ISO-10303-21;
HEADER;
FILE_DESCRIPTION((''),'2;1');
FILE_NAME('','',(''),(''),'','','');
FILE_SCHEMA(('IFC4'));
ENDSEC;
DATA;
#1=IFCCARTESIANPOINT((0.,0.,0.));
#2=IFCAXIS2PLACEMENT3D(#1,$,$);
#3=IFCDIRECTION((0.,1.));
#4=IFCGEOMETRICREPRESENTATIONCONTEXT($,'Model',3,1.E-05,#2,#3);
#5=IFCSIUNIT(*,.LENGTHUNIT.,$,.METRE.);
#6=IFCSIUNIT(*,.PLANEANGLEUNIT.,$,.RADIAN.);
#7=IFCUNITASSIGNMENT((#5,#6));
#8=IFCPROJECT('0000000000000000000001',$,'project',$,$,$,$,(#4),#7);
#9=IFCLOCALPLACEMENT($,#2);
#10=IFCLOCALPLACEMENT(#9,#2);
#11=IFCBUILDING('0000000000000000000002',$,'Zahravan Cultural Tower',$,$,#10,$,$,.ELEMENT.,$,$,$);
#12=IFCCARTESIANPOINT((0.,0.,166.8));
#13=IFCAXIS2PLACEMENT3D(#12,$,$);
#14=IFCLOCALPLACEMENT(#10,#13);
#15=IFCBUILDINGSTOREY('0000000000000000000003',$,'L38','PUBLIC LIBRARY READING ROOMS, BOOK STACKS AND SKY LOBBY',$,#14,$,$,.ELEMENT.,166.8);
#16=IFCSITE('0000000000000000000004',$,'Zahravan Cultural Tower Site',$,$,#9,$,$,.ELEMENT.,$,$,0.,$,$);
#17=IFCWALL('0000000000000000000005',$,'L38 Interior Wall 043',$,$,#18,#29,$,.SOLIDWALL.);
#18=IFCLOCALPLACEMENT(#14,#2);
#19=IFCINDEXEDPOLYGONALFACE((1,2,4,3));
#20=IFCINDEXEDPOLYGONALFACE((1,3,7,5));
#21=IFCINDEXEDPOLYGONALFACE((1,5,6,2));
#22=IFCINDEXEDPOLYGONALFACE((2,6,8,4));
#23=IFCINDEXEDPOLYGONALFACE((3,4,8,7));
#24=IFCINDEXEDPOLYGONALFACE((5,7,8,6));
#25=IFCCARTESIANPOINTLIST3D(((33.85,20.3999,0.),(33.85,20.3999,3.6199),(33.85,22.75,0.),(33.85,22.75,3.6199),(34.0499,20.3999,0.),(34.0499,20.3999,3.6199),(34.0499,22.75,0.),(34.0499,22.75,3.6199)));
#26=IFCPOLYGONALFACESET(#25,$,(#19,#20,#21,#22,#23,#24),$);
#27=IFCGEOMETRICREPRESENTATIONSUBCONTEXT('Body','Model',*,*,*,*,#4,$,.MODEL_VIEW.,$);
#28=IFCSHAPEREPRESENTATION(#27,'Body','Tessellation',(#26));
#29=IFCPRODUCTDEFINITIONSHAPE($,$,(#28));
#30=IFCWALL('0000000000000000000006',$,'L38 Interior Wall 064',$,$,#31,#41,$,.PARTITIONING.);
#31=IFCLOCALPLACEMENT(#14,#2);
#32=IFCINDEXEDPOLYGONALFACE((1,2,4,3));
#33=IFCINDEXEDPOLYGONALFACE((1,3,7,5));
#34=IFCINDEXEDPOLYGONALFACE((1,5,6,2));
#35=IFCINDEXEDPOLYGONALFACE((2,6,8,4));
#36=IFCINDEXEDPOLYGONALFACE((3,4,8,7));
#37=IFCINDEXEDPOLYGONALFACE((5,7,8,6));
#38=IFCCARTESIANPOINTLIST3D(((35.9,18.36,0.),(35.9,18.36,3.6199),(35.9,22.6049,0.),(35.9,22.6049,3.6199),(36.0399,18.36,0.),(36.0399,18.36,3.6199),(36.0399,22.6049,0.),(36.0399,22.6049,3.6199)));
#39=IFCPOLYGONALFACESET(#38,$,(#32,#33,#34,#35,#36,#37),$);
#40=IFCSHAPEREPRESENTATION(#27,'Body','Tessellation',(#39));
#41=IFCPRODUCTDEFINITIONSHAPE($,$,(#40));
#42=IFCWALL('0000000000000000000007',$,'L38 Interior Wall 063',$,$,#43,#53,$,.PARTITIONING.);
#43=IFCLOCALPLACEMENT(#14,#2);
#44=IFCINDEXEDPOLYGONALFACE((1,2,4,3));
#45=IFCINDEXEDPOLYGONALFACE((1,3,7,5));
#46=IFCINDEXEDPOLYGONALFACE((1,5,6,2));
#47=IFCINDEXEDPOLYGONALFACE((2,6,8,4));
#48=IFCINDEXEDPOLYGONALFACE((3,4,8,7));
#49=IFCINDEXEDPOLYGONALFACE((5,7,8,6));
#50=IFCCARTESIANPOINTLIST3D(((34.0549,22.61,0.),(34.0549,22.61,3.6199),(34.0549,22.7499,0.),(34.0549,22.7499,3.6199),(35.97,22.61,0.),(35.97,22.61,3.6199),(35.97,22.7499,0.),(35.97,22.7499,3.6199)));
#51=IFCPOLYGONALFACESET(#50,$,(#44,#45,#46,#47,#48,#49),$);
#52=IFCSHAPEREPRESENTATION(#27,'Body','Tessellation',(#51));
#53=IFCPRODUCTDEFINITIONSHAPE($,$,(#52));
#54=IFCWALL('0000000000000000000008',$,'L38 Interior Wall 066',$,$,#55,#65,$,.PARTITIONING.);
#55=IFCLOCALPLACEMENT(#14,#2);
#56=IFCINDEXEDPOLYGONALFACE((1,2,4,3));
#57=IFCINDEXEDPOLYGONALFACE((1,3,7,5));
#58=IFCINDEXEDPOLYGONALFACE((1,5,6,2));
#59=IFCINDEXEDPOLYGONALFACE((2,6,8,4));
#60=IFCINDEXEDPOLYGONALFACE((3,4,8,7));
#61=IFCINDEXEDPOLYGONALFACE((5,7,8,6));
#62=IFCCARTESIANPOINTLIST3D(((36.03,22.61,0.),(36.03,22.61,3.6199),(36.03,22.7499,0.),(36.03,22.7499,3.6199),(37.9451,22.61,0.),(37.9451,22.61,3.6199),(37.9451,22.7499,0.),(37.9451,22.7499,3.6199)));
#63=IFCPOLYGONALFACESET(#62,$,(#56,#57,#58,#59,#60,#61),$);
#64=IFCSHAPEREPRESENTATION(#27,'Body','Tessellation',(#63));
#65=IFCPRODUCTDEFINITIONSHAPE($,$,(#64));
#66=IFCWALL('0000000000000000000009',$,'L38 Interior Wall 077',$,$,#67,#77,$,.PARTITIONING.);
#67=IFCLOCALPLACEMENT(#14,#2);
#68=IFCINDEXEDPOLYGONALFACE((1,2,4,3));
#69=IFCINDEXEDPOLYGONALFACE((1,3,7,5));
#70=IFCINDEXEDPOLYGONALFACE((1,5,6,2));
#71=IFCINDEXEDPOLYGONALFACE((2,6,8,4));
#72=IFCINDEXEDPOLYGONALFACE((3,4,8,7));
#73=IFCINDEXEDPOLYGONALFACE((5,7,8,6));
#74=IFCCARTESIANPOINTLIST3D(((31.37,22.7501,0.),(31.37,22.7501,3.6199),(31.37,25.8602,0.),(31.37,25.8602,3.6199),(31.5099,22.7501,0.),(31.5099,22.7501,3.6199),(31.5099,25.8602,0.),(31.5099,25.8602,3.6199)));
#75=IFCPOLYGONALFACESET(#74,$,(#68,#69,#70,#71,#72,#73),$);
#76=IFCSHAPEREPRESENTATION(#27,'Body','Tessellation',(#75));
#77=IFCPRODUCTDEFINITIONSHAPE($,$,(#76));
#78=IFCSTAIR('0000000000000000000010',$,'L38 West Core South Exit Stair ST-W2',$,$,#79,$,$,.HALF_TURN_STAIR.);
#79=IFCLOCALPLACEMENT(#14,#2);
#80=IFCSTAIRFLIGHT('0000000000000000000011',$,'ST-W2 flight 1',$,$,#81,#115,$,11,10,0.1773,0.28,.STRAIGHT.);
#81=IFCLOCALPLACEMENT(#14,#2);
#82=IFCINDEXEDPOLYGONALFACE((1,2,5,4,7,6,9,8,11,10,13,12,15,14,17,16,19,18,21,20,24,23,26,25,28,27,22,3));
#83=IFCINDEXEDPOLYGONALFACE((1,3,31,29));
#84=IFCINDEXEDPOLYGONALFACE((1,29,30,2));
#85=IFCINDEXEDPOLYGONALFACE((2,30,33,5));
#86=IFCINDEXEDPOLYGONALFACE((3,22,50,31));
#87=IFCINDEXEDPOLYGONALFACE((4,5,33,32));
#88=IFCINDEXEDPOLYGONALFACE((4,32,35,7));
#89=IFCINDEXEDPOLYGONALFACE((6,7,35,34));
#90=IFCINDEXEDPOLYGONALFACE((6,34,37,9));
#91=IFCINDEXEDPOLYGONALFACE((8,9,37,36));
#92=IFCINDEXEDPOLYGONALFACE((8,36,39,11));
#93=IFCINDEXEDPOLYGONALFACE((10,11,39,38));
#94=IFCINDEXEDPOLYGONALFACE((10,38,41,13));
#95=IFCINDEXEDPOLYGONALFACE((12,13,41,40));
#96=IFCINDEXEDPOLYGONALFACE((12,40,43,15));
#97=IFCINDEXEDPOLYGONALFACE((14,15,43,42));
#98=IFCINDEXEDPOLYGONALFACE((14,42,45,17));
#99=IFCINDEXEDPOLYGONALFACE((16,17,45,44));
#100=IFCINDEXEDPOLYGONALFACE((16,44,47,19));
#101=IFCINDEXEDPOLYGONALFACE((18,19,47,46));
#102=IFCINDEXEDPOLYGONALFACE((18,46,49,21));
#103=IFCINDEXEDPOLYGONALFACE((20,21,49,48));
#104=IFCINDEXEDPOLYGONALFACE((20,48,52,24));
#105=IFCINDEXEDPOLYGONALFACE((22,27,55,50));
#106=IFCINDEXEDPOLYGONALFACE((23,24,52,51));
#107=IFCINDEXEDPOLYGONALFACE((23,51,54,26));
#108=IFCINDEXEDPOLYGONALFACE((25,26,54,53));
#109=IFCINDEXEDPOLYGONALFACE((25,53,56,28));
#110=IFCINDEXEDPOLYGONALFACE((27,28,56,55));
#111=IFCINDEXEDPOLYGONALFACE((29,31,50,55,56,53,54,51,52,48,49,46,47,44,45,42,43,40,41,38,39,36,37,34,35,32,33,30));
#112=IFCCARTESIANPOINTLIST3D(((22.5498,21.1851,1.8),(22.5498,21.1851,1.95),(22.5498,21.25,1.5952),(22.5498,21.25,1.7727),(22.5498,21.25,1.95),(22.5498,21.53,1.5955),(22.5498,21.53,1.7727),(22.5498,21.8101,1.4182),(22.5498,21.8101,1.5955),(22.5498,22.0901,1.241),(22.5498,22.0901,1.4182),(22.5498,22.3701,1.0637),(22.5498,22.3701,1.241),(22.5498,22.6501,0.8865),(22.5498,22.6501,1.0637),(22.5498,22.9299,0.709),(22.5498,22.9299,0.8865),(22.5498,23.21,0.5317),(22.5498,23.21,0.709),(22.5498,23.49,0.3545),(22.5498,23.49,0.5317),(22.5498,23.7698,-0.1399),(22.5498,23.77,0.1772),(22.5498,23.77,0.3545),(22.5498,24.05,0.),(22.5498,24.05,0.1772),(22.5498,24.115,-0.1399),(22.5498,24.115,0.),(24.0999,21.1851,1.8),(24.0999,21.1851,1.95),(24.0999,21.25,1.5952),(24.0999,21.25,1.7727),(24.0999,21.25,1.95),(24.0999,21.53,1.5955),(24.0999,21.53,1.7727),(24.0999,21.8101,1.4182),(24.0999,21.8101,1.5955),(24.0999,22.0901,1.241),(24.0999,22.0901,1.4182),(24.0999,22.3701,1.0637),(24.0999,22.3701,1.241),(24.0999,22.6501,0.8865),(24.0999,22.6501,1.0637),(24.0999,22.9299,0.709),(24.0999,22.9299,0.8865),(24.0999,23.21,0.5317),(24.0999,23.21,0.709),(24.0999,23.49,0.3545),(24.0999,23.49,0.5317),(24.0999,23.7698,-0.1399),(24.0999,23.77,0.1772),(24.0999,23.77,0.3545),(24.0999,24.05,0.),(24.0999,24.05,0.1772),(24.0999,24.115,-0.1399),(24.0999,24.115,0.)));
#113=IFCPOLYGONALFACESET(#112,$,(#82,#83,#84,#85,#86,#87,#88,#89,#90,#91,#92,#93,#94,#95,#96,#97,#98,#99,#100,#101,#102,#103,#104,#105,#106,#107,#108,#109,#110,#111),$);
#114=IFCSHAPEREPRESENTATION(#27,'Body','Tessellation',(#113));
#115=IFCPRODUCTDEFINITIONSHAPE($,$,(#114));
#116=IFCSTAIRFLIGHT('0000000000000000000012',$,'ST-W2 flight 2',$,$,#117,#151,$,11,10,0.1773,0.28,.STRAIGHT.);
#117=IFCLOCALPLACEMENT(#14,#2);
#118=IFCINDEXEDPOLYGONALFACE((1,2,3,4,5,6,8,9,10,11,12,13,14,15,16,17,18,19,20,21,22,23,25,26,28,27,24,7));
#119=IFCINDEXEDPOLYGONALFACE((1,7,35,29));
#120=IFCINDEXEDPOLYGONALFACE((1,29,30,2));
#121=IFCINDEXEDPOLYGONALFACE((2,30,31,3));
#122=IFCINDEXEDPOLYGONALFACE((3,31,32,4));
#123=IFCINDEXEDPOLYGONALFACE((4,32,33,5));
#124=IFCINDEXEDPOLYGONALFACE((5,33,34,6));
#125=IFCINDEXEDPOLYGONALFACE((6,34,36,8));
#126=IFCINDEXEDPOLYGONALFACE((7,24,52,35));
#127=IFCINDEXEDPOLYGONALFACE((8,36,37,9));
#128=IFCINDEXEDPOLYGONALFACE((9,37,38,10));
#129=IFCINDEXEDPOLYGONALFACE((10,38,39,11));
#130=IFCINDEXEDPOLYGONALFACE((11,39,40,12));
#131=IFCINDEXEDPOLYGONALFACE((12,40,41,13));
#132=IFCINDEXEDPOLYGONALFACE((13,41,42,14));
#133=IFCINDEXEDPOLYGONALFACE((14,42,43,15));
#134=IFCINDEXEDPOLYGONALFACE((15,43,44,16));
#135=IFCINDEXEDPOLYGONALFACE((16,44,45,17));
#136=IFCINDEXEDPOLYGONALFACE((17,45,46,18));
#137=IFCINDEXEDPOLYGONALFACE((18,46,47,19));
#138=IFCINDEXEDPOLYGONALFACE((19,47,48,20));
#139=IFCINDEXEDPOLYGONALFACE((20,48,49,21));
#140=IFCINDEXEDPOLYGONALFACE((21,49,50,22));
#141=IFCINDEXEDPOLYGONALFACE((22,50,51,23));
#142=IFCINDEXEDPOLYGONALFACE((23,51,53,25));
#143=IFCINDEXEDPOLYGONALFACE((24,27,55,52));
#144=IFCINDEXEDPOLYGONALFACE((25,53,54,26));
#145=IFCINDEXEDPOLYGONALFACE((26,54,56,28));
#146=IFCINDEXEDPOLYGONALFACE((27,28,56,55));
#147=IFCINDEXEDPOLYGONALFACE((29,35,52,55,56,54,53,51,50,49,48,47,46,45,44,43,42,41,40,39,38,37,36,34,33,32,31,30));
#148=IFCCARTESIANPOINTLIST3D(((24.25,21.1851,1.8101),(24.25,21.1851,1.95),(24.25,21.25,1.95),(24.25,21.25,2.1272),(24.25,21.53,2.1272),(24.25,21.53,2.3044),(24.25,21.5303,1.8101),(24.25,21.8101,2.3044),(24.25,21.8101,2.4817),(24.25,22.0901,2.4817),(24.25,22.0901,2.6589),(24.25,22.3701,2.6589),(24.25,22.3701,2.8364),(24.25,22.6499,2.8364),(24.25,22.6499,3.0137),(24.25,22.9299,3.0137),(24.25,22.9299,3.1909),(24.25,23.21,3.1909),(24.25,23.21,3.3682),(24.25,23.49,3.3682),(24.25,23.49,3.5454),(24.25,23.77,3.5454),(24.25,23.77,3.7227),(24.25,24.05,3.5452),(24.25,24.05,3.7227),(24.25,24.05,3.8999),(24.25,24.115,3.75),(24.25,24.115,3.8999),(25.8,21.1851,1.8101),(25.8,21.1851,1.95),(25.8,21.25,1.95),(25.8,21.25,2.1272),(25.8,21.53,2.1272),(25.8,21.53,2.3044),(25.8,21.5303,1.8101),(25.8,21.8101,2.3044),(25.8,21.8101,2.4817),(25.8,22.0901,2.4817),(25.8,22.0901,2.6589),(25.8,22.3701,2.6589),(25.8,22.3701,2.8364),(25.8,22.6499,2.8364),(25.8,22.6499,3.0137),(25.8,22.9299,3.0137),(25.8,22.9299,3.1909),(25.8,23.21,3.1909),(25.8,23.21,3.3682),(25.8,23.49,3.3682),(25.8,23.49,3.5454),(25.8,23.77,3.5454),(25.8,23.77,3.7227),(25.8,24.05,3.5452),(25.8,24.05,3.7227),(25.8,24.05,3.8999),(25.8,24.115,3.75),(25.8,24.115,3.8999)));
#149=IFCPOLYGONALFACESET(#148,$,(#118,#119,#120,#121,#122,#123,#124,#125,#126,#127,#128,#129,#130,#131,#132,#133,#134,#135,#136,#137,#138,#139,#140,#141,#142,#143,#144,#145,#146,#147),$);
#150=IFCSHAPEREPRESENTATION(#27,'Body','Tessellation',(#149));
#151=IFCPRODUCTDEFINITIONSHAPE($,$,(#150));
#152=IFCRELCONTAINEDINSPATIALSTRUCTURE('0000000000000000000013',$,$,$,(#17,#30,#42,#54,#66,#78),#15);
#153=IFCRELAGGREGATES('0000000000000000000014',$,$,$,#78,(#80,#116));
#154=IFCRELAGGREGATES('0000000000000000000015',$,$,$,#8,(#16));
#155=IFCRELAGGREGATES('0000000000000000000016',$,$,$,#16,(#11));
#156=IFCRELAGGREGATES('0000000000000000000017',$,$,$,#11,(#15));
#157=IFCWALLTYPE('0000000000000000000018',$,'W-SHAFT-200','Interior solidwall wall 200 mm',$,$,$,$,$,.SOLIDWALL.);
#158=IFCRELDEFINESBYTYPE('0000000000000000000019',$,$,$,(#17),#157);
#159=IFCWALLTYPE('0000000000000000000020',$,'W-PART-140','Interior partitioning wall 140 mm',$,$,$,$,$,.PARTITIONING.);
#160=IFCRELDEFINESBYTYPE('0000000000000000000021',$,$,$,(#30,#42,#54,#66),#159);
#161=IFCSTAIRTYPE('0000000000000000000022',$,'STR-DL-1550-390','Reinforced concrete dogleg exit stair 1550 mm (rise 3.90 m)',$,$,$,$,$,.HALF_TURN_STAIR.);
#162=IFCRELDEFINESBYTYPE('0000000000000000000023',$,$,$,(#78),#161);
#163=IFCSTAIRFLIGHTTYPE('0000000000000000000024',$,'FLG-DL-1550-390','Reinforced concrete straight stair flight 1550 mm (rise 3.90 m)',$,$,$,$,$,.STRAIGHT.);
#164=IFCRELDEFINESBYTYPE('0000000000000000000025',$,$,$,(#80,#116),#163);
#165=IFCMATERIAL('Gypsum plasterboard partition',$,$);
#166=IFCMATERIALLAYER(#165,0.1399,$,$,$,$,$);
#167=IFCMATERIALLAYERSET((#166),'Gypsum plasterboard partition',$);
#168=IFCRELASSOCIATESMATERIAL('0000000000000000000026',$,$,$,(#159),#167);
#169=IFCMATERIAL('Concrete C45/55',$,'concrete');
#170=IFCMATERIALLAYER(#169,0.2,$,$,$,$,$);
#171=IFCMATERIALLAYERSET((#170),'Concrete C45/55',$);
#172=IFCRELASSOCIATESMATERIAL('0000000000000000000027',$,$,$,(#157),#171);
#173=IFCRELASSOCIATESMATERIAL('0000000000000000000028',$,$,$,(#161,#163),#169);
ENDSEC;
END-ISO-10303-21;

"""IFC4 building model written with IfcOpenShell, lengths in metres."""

from ifc_helpers import new_model, si_unit, direction, frame, frame_2d, origin, place, context, subcontext, project, spatial, polyline, rectangle, outline, extrude, source, transform, mapped, material, layer, layer_set, type_object, element, aggregate, save


model = new_model("IFC4")

# Units and contexts
model_context = context("Model", 3, precision=1e-05, world=origin(), true_north=direction((0.0, 1.0)))
body_context = subcontext(model_context, "Body", "Model", "MODEL_VIEW")
ifc_project = project(units=[si_unit("LENGTHUNIT", "METRE"), si_unit("PLANEANGLEUNIT", "RADIAN")], contexts=[model_context])

# Site, building, storey
site_placement = place(None, origin())
site = spatial("IfcSite", under=ifc_project, at=site_placement, Name="Zahravan Cultural Tower Site", CompositionType="ELEMENT", RefElevation=0.0)
building_placement = place(site_placement, origin())
building = spatial("IfcBuilding", under=site, at=building_placement, Name="Zahravan Cultural Tower", CompositionType="ELEMENT")
storey_placement = place(building_placement, frame((0.0, 0.0, 166.8)))
storey = spatial("IfcBuildingStorey", under=building, at=storey_placement, Name="L38", Description="PUBLIC LIBRARY READING ROOMS, BOOK STACKS AND SKY LOBBY", CompositionType="ELEMENT", Elevation=166.8)

# Shared definitions
ifc_material_1 = material(Name="Gypsum plasterboard partition")
ifc_layer_1 = layer(ifc_material_1, 0.1399)
ifc_layer_set_1 = layer_set([ifc_layer_1], Name="Gypsum plasterboard partition")
wall_type_1 = type_object("IfcWallType", Name="W-PART-140", Description="Interior partitioning wall 140 mm", PredefinedType="PARTITIONING", material=ifc_layer_set_1)
ifc_material_2 = material(Name="Concrete C45/55", Category="concrete")
ifc_layer_2 = layer(ifc_material_2, 0.2)
ifc_layer_set_2 = layer_set([ifc_layer_2], Name="Concrete C45/55")
wall_type_2 = type_object("IfcWallType", Name="W-SHAFT-200", Description="Interior solidwall wall 200 mm", PredefinedType="SOLIDWALL", material=ifc_layer_set_2)

# Walls
shared_shape_1 = source(origin(), body_context, "Body", "SweptSolid", [
    extrude(rectangle(XDim=2.3501, YDim=0.2, at=frame_2d((1.175, 0.0))), origin(), (0.0, 0.0, 1.0), 3.6199),
])
wall_1_placement = place(storey_placement, frame((33.95, 20.3999, 0.0), z_axis=(0.0, 0.0, 1.0), x_axis=(0.0, 1.0, 0.0)))
element("IfcWall", 1, at=wall_1_placement, inside=storey, type_object=wall_type_2, Name="L38 Interior Wall 043", PredefinedType="SOLIDWALL", context=body_context, shape_type="MappedRepresentation", body=[
    mapped(shared_shape_1, transform((0.0, 0.0, 0.0), x_axis=(1.0, 0.0, 0.0), y_axis=(0.0, 1.0, 0.0), z_axis=(0.0, 0.0, 1.0), scale=1.0)),
])
shared_shape_2 = source(origin(), body_context, "Body", "SweptSolid", [
    extrude(rectangle(XDim=4.2449, YDim=0.1399, at=frame_2d((2.1226, 0.0))), origin(), (0.0, 0.0, 1.0), 3.6199),
])
wall_2_placement = place(storey_placement, frame((35.97, 22.605, 0.0), z_axis=(0.0, 0.0, 1.0), x_axis=(0.0, -1.0, 0.0)))
element("IfcWall", 2, at=wall_2_placement, inside=storey, type_object=wall_type_1, Name="L38 Interior Wall 064", PredefinedType="PARTITIONING", context=body_context, shape_type="MappedRepresentation", body=[
    mapped(shared_shape_2, transform((0.0, 0.0, 0.0), x_axis=(1.0, 0.0, 0.0), y_axis=(0.0, 1.0, 0.0), z_axis=(0.0, 0.0, 1.0), scale=1.0)),
])
shared_shape_3 = source(origin(), body_context, "Body", "SweptSolid", [
    extrude(rectangle(XDim=1.915, YDim=0.1399, at=frame_2d((0.9575, 0.0))), origin(), (0.0, 0.0, 1.0), 3.6199),
])
for number, where, z_axis, x_axis, name in (
    (3, (34.0549, 22.6799, 0.0), (0.0, 0.0, 1.0), (1.0, 0.0, 0.0), "L38 Interior Wall 063"),
    (4, (36.03, 22.6799, 0.0), (0.0, 0.0, 1.0), (1.0, 0.0, 0.0), "L38 Interior Wall 066"),
):
    element("IfcWall", number, at=place(storey_placement, frame(where, z_axis=z_axis, x_axis=x_axis)), inside=storey, type_object=wall_type_1, Name=name, PredefinedType="PARTITIONING", context=body_context, shape_type="MappedRepresentation", body=[
        mapped(shared_shape_3, transform((0.0, 0.0, 0.0), x_axis=(1.0, 0.0, 0.0), y_axis=(0.0, 1.0, 0.0), z_axis=(0.0, 0.0, 1.0), scale=1.0)),
    ])
shared_shape_4 = source(origin(), body_context, "Body", "SweptSolid", [
    extrude(rectangle(XDim=3.1101, YDim=0.1399, at=frame_2d((1.5552, 0.0))), origin(), (0.0, 0.0, 1.0), 3.6199),
])
wall_3_placement = place(storey_placement, frame((31.4399, 22.75, 0.0), z_axis=(0.0, 0.0, 1.0), x_axis=(0.0, 1.0, 0.0)))
element("IfcWall", 5, at=wall_3_placement, inside=storey, type_object=wall_type_1, Name="L38 Interior Wall 077", PredefinedType="PARTITIONING", context=body_context, shape_type="MappedRepresentation", body=[
    mapped(shared_shape_4, transform((0.0, 0.0, 0.0), x_axis=(1.0, 0.0, 0.0), y_axis=(0.0, 1.0, 0.0), z_axis=(0.0, 0.0, 1.0), scale=1.0)),
])

# Stair, stair flights
stair_type = type_object("IfcStairType", Name="STR-DL-1550-390", Description="Reinforced concrete dogleg exit stair 1550 mm (rise 3.90 m)", PredefinedType="HALF_TURN_STAIR", material=ifc_material_2)
stair_placement = place(storey_placement, origin())
stair = element("IfcStair", 6, at=stair_placement, inside=storey, type_object=stair_type, Name="L38 West Core South Exit Stair ST-W2", PredefinedType="HALF_TURN_STAIR")
stair_flight_type = type_object("IfcStairFlightType", Name="FLG-DL-1550-390", Description="Reinforced concrete straight stair flight 1550 mm (rise 3.90 m)", PredefinedType="STRAIGHT", material=ifc_material_2)
stair_flight_1_placement = place(storey_placement, frame((23.325, 24.05, 0.0), z_axis=(0.0, 0.0, 1.0), x_axis=(0.0, -1.0, 0.0)))
stair_flight_1 = element("IfcStairFlight", 7, at=stair_flight_1_placement, type_object=stair_flight_type, Name="ST-W2 flight 1", NumberOfRisers=11, NumberOfTreads=10, PredefinedType="STRAIGHT", RiserHeight=0.1773, TreadLength=0.28, context=body_context, shape_type="SweptSolid", body=[
    extrude(outline(polyline([(-0.0649, -0.1399), (-0.0649, 0.0), (0.0, 0.0), (0.0, 0.1772), (0.28, 0.1772), (0.28, 0.3545), (0.5601, 0.3545), (0.5601, 0.5317), (0.8401, 0.5317), (0.8401, 0.709), (1.1201, 0.709), (1.1201, 0.8865), (1.3999, 0.8865), (1.3999, 1.0637), (1.6799, 1.0637), (1.6799, 1.241), (1.96, 1.241), (1.96, 1.4182), (2.24, 1.4182), (2.24, 1.5955), (2.52, 1.5955), (2.52, 1.7727), (2.8, 1.7727), (2.8, 1.95), (2.865, 1.95), (2.865, 1.8), (2.8, 1.5952), (0.2803, -0.1399), (-0.0649, -0.1399)])), frame((0.0, 0.7749, 0.0), z_axis=(0.0, -1.0, 0.0), x_axis=(1.0, 0.0, 0.0)), (0.0, 0.0, 1.0), 1.55),
])
stair_flight_2_placement = place(storey_placement, frame((25.0249, 21.25, 1.95), z_axis=(0.0, 0.0, 1.0), x_axis=(0.0, 1.0, 0.0)))
stair_flight_2 = element("IfcStairFlight", 8, at=stair_flight_2_placement, type_object=stair_flight_type, Name="ST-W2 flight 2", NumberOfRisers=11, NumberOfTreads=10, PredefinedType="STRAIGHT", RiserHeight=0.1773, TreadLength=0.28, context=body_context, shape_type="SweptSolid", body=[
    extrude(outline(polyline([(-0.0649, -0.1399), (-0.0649, 0.0), (0.0, 0.0), (0.0, 0.1772), (0.28, 0.1772), (0.28, 0.3545), (0.5601, 0.3545), (0.5601, 0.5317), (0.8401, 0.5317), (0.8401, 0.709), (1.1201, 0.709), (1.1201, 0.8865), (1.3999, 0.8865), (1.3999, 1.0637), (1.6799, 1.0637), (1.6799, 1.241), (1.96, 1.241), (1.96, 1.4182), (2.24, 1.4182), (2.24, 1.5955), (2.52, 1.5955), (2.52, 1.7727), (2.8, 1.7727), (2.8, 1.95), (2.865, 1.95), (2.865, 1.8), (2.8, 1.5952), (0.2803, -0.1399), (-0.0649, -0.1399)])), frame((0.0, 0.7749, 0.0), z_axis=(0.0, -1.0, 0.0), x_axis=(1.0, 0.0, 0.0)), (0.0, 0.0, 1.0), 1.55),
])
aggregate(stair, [stair_flight_1, stair_flight_2])

save(model, "model.ifc")
